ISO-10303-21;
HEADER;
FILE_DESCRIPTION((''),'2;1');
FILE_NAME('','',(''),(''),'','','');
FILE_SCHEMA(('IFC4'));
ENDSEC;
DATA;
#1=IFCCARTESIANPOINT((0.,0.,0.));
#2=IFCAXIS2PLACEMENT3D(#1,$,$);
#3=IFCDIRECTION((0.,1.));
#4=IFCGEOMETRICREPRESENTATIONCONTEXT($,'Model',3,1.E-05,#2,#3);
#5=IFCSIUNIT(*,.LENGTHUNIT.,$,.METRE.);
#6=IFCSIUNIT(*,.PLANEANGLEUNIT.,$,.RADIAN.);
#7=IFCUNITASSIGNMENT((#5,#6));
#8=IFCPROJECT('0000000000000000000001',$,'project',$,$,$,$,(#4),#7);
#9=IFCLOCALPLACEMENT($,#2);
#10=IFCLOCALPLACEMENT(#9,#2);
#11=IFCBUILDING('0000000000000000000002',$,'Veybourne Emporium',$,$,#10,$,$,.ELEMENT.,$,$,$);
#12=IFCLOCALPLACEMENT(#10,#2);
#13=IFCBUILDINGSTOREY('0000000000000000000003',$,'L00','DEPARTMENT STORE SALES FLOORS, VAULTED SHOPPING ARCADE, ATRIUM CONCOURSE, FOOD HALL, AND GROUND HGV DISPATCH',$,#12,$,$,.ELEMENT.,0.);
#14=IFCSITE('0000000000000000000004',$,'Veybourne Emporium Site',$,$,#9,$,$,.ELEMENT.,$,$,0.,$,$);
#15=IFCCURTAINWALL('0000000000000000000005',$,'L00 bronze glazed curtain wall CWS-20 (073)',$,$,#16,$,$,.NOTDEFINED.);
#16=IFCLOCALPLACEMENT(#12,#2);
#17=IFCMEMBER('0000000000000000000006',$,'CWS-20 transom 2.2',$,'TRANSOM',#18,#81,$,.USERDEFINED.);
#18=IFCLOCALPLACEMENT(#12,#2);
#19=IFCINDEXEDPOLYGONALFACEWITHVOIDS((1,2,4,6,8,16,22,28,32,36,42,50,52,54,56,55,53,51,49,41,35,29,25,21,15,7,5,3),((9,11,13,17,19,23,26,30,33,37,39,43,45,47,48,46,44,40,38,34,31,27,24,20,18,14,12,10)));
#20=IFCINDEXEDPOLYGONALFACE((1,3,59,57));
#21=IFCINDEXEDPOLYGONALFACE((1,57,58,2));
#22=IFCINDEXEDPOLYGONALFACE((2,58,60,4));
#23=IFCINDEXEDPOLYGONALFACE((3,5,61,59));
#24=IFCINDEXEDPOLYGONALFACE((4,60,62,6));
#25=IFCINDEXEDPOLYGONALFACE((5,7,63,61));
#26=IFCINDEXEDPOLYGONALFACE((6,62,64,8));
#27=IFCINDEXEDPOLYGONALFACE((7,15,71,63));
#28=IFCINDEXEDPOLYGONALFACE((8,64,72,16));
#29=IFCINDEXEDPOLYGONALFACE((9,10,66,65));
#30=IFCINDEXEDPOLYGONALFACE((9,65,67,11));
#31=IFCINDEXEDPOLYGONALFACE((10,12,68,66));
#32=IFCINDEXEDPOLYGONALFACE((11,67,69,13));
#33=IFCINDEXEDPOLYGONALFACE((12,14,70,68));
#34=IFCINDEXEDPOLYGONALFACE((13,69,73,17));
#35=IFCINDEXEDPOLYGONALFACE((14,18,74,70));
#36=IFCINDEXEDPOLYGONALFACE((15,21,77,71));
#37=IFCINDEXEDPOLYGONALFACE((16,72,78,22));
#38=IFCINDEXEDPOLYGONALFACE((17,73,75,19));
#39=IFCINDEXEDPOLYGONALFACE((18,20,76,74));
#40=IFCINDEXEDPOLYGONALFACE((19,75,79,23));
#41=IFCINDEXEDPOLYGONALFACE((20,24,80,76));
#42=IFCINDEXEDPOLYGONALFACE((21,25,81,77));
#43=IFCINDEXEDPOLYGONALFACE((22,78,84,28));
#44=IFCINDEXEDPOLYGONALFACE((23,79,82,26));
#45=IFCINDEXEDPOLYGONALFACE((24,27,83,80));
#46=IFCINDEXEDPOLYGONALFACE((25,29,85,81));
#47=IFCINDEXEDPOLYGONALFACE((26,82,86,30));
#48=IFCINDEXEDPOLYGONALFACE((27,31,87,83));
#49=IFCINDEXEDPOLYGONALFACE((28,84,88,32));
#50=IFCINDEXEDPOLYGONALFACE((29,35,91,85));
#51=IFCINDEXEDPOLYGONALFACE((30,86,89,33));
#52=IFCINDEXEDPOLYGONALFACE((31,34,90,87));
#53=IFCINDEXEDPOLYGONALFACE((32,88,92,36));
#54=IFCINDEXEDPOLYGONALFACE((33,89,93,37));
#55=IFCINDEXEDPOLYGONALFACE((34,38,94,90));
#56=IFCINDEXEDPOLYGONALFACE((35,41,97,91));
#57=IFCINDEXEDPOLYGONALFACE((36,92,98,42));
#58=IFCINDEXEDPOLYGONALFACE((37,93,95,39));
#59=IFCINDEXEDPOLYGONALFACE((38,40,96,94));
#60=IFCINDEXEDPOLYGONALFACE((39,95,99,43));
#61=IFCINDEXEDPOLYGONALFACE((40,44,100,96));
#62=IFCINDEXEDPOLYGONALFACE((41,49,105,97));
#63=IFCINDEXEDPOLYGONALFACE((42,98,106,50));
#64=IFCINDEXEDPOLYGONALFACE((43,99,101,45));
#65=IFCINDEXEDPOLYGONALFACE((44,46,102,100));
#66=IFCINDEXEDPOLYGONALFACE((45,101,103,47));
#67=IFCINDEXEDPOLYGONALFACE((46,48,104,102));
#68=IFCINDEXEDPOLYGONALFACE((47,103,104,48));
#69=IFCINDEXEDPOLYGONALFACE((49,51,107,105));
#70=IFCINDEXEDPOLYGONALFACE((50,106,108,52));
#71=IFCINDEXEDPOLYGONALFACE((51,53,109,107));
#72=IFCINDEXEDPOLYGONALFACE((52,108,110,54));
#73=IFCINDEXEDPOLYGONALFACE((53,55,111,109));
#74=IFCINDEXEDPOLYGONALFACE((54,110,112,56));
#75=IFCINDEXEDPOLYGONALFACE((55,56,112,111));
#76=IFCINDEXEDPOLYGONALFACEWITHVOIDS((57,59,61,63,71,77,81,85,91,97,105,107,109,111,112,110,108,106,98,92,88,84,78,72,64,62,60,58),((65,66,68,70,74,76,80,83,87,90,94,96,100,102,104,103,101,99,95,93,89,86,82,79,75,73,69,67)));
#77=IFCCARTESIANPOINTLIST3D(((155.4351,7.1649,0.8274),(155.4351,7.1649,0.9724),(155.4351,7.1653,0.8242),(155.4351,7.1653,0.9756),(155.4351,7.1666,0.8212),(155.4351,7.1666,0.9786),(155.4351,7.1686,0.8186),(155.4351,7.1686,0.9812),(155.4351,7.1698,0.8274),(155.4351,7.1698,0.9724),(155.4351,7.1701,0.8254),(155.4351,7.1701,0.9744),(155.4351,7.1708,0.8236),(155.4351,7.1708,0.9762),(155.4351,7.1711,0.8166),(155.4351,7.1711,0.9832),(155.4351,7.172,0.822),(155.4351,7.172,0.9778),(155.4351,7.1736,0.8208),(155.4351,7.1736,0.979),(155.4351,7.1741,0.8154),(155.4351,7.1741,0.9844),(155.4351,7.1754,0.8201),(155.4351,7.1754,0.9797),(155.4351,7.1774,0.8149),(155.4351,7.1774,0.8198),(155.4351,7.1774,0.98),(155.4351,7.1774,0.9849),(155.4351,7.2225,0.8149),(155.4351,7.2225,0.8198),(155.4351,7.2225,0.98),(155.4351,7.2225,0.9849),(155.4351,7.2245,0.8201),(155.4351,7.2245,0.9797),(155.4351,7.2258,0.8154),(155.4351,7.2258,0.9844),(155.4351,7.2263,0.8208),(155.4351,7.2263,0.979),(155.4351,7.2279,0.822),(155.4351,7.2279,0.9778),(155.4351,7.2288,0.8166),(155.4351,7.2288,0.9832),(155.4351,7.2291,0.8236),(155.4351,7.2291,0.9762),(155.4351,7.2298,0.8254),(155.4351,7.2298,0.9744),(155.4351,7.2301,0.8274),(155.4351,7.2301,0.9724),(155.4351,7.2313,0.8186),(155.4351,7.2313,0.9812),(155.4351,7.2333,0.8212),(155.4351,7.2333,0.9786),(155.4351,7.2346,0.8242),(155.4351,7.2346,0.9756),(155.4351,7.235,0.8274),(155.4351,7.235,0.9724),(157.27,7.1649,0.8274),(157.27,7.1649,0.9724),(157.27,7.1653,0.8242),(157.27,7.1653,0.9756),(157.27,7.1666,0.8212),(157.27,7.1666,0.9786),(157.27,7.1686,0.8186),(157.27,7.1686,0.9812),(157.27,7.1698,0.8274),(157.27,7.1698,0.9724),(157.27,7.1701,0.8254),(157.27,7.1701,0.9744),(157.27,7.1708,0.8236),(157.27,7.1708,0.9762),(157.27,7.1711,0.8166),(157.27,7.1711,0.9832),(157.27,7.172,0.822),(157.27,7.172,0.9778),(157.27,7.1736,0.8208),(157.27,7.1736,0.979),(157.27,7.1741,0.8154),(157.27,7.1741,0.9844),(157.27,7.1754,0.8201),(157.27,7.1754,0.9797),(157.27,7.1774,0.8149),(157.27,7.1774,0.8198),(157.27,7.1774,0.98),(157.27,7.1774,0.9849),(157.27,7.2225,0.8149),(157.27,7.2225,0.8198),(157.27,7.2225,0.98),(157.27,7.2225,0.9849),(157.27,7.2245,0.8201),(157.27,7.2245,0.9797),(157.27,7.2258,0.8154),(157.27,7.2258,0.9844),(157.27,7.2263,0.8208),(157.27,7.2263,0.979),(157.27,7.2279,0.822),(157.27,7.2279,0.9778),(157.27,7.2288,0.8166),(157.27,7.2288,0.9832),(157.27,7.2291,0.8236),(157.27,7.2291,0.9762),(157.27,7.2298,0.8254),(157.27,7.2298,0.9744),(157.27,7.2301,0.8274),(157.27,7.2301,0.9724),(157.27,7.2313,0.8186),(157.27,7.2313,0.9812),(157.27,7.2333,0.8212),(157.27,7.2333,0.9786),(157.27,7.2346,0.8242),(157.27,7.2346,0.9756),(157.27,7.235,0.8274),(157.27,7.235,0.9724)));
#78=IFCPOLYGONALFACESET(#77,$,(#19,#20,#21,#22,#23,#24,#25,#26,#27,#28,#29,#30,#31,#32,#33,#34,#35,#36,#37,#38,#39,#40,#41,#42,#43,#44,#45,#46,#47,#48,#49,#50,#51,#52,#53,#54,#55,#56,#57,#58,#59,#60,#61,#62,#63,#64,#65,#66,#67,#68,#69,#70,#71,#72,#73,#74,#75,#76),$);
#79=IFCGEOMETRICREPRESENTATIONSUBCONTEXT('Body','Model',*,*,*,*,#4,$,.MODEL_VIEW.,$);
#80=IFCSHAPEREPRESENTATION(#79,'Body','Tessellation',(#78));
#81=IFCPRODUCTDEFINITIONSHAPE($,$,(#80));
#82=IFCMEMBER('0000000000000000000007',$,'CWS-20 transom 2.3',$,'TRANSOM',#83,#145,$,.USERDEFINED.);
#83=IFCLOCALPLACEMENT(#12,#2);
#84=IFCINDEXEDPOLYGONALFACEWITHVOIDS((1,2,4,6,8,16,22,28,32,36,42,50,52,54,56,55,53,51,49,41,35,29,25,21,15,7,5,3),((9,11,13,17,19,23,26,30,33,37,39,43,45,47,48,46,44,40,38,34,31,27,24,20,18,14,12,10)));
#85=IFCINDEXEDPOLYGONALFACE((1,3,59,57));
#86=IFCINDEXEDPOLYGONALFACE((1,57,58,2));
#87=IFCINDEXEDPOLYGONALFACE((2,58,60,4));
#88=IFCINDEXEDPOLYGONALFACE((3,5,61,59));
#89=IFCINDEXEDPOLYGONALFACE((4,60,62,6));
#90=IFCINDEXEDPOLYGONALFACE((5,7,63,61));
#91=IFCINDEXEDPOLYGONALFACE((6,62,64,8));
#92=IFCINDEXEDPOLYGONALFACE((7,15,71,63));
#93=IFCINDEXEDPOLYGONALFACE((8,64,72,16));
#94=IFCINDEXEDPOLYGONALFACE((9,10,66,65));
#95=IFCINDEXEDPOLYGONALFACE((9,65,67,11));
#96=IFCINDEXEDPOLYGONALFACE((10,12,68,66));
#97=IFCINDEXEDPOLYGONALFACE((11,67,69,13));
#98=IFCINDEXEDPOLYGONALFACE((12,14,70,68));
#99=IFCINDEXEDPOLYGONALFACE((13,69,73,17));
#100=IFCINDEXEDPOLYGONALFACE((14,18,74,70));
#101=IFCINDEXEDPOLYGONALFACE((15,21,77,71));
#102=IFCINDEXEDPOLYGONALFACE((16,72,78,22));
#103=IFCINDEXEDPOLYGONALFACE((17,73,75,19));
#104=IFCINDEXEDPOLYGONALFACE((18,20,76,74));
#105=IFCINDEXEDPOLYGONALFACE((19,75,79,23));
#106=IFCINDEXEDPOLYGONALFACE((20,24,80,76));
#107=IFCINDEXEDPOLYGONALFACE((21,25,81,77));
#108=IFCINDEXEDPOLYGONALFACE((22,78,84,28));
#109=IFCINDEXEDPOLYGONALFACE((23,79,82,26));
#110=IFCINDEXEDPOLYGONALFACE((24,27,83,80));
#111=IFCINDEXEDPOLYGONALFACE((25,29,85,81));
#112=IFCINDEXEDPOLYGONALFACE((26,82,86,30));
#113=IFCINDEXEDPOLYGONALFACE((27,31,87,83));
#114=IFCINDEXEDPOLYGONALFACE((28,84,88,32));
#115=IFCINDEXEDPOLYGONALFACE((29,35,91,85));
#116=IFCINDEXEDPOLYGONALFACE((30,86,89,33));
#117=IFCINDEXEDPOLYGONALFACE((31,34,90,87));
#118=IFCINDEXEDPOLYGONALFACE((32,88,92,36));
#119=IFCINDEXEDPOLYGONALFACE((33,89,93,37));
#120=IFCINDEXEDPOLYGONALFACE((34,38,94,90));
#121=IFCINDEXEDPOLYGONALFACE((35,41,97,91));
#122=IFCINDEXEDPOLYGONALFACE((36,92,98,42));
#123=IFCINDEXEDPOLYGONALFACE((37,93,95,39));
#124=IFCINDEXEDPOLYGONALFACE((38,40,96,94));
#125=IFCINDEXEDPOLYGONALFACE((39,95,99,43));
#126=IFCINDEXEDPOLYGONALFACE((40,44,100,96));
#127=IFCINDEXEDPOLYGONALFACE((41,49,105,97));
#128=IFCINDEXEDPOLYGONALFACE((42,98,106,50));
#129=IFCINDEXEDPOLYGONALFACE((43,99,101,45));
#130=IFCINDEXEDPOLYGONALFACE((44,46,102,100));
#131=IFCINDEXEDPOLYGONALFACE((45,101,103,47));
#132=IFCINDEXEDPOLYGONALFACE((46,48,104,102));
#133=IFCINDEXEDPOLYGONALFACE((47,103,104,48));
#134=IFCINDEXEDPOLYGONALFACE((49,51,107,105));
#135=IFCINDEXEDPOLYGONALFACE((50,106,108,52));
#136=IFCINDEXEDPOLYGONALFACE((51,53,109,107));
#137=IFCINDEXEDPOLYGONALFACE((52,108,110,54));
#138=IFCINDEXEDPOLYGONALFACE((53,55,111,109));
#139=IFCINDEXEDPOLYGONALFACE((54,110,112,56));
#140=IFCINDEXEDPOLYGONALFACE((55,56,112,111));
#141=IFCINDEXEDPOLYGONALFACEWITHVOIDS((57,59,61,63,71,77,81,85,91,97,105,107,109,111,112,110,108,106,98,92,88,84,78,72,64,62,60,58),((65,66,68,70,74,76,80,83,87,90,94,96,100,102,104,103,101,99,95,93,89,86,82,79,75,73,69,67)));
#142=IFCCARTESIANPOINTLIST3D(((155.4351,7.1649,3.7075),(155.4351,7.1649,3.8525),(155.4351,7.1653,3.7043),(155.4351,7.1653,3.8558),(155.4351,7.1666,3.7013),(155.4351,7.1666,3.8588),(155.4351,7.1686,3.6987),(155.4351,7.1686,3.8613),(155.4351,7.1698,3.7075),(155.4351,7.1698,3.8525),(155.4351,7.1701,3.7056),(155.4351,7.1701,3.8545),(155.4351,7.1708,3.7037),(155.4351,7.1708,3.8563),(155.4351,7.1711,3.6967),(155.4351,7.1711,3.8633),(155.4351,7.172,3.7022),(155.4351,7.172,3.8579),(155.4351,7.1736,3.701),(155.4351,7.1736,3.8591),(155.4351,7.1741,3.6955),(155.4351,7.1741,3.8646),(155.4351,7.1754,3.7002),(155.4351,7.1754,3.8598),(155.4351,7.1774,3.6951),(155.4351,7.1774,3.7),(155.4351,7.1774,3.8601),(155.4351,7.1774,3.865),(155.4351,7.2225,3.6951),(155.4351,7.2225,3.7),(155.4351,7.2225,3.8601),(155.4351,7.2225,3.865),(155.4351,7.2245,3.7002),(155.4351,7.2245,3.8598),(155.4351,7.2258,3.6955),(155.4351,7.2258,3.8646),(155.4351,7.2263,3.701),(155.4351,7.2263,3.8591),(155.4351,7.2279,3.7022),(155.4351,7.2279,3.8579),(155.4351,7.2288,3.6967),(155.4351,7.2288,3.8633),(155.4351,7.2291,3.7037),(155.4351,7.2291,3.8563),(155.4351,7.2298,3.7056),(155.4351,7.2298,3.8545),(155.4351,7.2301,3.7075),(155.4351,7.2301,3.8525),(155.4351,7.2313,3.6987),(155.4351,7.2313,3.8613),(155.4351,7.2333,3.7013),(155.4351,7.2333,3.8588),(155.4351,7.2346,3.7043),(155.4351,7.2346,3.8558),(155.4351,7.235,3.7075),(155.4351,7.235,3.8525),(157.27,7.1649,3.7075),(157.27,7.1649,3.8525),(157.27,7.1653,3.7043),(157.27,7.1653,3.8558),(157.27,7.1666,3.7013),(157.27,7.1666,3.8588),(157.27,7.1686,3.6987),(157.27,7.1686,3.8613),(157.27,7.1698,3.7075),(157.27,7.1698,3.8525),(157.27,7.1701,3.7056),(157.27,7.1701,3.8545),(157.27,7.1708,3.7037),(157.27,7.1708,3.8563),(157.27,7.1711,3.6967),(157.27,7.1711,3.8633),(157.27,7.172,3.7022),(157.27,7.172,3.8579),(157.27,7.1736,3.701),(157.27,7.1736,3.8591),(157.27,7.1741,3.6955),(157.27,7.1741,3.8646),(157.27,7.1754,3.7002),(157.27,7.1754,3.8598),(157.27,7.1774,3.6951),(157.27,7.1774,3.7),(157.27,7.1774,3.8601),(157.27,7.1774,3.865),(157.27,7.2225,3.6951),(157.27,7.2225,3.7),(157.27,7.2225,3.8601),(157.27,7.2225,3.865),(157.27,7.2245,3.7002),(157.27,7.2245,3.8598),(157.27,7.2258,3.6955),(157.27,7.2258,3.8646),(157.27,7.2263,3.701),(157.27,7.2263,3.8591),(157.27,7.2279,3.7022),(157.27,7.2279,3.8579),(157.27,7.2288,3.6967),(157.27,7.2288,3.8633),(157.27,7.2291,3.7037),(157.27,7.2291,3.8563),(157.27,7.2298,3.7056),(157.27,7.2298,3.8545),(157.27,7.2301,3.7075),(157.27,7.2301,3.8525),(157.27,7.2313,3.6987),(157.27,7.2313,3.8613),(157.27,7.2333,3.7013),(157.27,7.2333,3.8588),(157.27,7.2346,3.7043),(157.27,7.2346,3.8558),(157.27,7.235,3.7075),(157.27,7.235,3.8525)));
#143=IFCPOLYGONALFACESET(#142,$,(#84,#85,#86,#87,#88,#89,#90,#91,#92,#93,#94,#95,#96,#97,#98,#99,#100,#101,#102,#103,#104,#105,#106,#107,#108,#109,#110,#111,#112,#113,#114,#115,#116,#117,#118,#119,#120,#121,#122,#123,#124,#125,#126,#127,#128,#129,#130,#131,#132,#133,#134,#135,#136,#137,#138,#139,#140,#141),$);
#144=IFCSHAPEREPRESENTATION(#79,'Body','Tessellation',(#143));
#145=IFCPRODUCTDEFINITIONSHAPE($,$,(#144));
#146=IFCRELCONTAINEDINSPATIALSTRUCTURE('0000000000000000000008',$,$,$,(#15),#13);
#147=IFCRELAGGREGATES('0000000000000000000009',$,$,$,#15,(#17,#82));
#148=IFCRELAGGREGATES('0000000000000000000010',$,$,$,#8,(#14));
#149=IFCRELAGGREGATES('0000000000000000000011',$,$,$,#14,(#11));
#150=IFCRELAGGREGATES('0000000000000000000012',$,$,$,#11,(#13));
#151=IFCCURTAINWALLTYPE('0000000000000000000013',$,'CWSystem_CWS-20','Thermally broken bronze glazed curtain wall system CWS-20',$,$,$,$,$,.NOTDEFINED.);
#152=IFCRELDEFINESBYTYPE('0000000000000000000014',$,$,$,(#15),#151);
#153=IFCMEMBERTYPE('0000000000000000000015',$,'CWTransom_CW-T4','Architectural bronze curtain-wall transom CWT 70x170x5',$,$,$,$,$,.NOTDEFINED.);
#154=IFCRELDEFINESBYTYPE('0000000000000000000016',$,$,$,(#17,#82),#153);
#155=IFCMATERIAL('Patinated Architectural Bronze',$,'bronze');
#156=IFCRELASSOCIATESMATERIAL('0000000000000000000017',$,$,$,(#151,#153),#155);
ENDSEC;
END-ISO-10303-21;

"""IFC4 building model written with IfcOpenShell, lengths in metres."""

from ifc_helpers import new_model, si_unit, direction, frame, origin, origin_2d, place, context, subcontext, project, spatial, hollow_rectangle, extrude, material, material_profile, profile_set, type_object, element, aggregate, save


model = new_model("IFC4")

# Units and contexts
model_context = context("Model", 3, precision=1e-05, world=origin(), true_north=direction((0.0, 1.0)))
body_context = subcontext(model_context, "Body", "Model", "MODEL_VIEW")
ifc_project = project(units=[si_unit("LENGTHUNIT", "METRE"), si_unit("PLANEANGLEUNIT", "RADIAN")], contexts=[model_context])

# Site, building, storey
site_placement = place(None, origin())
site = spatial("IfcSite", under=ifc_project, at=site_placement, Name="Veybourne Emporium Site", CompositionType="ELEMENT", RefElevation=0.0)
building_placement = place(site_placement, origin())
building = spatial("IfcBuilding", under=site, at=building_placement, Name="Veybourne Emporium", CompositionType="ELEMENT")
storey_placement = place(building_placement, origin())
storey = spatial("IfcBuildingStorey", under=building, at=storey_placement, Name="L00", Description="DEPARTMENT STORE SALES FLOORS, VAULTED SHOPPING ARCADE, ATRIUM CONCOURSE, FOOD HALL, AND GROUND HGV DISPATCH", CompositionType="ELEMENT", Elevation=0.0)

# Curtain wall
ifc_material_1 = material(Name="Patinated Architectural Bronze", Category="bronze")
curtain_wall_type_1 = type_object("IfcCurtainWallType", Name="CWSystem_CWS-20", Description="Thermally broken bronze glazed curtain wall system CWS-20", PredefinedType="NOTDEFINED", material=ifc_material_1)
curtain_wall_1_placement = place(storey_placement, origin())
curtain_wall_1 = element("IfcCurtainWall", 1, at=curtain_wall_1_placement, inside=storey, type_object=curtain_wall_type_1, Name="L00 bronze glazed curtain wall CWS-20 (073)", PredefinedType="NOTDEFINED")

# Members
ifc_material_profile_1 = material_profile(ifc_material_1, hollow_rectangle(XDim=0.0701, YDim=0.1699, WallThickness=0.0049, InnerFilletRadius=0.0076, OuterFilletRadius=0.0125, at=origin_2d()), Name="CWT 70x170x5")
ifc_profile_set_1 = profile_set([ifc_material_profile_1], Name="Patinated Architectural Bronze")
member_type_1 = type_object("IfcMemberType", Name="CWTransom_CW-T4", Description="Architectural bronze curtain-wall transom CWT 70x170x5", PredefinedType="NOTDEFINED", material=ifc_profile_set_1)
member_1_placement = place(storey_placement, frame((157.27, 7.2, 0.8999), z_axis=(-1.0, 0.0, 0.0), x_axis=(0.0, -1.0, 0.0)))
member_1 = element("IfcMember", 2, at=member_1_placement, type_object=member_type_1, Name="CWS-20 transom 2.2", ObjectType="TRANSOM", PredefinedType="USERDEFINED", context=body_context, shape_type="SweptSolid", body=[
    extrude(hollow_rectangle(XDim=0.0701, YDim=0.1699, WallThickness=0.0049, InnerFilletRadius=0.0076, OuterFilletRadius=0.0125, at=origin_2d()), origin(), (0.0, 0.0, 1.0), 1.835),
])
member_2_placement = place(storey_placement, frame((157.27, 7.2, 3.78), z_axis=(-1.0, 0.0, 0.0), x_axis=(0.0, -1.0, 0.0)))
member_2 = element("IfcMember", 3, at=member_2_placement, type_object=member_type_1, Name="CWS-20 transom 2.3", ObjectType="TRANSOM", PredefinedType="USERDEFINED", context=body_context, shape_type="SweptSolid", body=[
    extrude(hollow_rectangle(XDim=0.0701, YDim=0.1699, WallThickness=0.0049, InnerFilletRadius=0.0076, OuterFilletRadius=0.0125, at=origin_2d()), origin(), (0.0, 0.0, 1.0), 1.835),
])

aggregate(curtain_wall_1, [member_1, member_2])

save(model, "model.ifc")
